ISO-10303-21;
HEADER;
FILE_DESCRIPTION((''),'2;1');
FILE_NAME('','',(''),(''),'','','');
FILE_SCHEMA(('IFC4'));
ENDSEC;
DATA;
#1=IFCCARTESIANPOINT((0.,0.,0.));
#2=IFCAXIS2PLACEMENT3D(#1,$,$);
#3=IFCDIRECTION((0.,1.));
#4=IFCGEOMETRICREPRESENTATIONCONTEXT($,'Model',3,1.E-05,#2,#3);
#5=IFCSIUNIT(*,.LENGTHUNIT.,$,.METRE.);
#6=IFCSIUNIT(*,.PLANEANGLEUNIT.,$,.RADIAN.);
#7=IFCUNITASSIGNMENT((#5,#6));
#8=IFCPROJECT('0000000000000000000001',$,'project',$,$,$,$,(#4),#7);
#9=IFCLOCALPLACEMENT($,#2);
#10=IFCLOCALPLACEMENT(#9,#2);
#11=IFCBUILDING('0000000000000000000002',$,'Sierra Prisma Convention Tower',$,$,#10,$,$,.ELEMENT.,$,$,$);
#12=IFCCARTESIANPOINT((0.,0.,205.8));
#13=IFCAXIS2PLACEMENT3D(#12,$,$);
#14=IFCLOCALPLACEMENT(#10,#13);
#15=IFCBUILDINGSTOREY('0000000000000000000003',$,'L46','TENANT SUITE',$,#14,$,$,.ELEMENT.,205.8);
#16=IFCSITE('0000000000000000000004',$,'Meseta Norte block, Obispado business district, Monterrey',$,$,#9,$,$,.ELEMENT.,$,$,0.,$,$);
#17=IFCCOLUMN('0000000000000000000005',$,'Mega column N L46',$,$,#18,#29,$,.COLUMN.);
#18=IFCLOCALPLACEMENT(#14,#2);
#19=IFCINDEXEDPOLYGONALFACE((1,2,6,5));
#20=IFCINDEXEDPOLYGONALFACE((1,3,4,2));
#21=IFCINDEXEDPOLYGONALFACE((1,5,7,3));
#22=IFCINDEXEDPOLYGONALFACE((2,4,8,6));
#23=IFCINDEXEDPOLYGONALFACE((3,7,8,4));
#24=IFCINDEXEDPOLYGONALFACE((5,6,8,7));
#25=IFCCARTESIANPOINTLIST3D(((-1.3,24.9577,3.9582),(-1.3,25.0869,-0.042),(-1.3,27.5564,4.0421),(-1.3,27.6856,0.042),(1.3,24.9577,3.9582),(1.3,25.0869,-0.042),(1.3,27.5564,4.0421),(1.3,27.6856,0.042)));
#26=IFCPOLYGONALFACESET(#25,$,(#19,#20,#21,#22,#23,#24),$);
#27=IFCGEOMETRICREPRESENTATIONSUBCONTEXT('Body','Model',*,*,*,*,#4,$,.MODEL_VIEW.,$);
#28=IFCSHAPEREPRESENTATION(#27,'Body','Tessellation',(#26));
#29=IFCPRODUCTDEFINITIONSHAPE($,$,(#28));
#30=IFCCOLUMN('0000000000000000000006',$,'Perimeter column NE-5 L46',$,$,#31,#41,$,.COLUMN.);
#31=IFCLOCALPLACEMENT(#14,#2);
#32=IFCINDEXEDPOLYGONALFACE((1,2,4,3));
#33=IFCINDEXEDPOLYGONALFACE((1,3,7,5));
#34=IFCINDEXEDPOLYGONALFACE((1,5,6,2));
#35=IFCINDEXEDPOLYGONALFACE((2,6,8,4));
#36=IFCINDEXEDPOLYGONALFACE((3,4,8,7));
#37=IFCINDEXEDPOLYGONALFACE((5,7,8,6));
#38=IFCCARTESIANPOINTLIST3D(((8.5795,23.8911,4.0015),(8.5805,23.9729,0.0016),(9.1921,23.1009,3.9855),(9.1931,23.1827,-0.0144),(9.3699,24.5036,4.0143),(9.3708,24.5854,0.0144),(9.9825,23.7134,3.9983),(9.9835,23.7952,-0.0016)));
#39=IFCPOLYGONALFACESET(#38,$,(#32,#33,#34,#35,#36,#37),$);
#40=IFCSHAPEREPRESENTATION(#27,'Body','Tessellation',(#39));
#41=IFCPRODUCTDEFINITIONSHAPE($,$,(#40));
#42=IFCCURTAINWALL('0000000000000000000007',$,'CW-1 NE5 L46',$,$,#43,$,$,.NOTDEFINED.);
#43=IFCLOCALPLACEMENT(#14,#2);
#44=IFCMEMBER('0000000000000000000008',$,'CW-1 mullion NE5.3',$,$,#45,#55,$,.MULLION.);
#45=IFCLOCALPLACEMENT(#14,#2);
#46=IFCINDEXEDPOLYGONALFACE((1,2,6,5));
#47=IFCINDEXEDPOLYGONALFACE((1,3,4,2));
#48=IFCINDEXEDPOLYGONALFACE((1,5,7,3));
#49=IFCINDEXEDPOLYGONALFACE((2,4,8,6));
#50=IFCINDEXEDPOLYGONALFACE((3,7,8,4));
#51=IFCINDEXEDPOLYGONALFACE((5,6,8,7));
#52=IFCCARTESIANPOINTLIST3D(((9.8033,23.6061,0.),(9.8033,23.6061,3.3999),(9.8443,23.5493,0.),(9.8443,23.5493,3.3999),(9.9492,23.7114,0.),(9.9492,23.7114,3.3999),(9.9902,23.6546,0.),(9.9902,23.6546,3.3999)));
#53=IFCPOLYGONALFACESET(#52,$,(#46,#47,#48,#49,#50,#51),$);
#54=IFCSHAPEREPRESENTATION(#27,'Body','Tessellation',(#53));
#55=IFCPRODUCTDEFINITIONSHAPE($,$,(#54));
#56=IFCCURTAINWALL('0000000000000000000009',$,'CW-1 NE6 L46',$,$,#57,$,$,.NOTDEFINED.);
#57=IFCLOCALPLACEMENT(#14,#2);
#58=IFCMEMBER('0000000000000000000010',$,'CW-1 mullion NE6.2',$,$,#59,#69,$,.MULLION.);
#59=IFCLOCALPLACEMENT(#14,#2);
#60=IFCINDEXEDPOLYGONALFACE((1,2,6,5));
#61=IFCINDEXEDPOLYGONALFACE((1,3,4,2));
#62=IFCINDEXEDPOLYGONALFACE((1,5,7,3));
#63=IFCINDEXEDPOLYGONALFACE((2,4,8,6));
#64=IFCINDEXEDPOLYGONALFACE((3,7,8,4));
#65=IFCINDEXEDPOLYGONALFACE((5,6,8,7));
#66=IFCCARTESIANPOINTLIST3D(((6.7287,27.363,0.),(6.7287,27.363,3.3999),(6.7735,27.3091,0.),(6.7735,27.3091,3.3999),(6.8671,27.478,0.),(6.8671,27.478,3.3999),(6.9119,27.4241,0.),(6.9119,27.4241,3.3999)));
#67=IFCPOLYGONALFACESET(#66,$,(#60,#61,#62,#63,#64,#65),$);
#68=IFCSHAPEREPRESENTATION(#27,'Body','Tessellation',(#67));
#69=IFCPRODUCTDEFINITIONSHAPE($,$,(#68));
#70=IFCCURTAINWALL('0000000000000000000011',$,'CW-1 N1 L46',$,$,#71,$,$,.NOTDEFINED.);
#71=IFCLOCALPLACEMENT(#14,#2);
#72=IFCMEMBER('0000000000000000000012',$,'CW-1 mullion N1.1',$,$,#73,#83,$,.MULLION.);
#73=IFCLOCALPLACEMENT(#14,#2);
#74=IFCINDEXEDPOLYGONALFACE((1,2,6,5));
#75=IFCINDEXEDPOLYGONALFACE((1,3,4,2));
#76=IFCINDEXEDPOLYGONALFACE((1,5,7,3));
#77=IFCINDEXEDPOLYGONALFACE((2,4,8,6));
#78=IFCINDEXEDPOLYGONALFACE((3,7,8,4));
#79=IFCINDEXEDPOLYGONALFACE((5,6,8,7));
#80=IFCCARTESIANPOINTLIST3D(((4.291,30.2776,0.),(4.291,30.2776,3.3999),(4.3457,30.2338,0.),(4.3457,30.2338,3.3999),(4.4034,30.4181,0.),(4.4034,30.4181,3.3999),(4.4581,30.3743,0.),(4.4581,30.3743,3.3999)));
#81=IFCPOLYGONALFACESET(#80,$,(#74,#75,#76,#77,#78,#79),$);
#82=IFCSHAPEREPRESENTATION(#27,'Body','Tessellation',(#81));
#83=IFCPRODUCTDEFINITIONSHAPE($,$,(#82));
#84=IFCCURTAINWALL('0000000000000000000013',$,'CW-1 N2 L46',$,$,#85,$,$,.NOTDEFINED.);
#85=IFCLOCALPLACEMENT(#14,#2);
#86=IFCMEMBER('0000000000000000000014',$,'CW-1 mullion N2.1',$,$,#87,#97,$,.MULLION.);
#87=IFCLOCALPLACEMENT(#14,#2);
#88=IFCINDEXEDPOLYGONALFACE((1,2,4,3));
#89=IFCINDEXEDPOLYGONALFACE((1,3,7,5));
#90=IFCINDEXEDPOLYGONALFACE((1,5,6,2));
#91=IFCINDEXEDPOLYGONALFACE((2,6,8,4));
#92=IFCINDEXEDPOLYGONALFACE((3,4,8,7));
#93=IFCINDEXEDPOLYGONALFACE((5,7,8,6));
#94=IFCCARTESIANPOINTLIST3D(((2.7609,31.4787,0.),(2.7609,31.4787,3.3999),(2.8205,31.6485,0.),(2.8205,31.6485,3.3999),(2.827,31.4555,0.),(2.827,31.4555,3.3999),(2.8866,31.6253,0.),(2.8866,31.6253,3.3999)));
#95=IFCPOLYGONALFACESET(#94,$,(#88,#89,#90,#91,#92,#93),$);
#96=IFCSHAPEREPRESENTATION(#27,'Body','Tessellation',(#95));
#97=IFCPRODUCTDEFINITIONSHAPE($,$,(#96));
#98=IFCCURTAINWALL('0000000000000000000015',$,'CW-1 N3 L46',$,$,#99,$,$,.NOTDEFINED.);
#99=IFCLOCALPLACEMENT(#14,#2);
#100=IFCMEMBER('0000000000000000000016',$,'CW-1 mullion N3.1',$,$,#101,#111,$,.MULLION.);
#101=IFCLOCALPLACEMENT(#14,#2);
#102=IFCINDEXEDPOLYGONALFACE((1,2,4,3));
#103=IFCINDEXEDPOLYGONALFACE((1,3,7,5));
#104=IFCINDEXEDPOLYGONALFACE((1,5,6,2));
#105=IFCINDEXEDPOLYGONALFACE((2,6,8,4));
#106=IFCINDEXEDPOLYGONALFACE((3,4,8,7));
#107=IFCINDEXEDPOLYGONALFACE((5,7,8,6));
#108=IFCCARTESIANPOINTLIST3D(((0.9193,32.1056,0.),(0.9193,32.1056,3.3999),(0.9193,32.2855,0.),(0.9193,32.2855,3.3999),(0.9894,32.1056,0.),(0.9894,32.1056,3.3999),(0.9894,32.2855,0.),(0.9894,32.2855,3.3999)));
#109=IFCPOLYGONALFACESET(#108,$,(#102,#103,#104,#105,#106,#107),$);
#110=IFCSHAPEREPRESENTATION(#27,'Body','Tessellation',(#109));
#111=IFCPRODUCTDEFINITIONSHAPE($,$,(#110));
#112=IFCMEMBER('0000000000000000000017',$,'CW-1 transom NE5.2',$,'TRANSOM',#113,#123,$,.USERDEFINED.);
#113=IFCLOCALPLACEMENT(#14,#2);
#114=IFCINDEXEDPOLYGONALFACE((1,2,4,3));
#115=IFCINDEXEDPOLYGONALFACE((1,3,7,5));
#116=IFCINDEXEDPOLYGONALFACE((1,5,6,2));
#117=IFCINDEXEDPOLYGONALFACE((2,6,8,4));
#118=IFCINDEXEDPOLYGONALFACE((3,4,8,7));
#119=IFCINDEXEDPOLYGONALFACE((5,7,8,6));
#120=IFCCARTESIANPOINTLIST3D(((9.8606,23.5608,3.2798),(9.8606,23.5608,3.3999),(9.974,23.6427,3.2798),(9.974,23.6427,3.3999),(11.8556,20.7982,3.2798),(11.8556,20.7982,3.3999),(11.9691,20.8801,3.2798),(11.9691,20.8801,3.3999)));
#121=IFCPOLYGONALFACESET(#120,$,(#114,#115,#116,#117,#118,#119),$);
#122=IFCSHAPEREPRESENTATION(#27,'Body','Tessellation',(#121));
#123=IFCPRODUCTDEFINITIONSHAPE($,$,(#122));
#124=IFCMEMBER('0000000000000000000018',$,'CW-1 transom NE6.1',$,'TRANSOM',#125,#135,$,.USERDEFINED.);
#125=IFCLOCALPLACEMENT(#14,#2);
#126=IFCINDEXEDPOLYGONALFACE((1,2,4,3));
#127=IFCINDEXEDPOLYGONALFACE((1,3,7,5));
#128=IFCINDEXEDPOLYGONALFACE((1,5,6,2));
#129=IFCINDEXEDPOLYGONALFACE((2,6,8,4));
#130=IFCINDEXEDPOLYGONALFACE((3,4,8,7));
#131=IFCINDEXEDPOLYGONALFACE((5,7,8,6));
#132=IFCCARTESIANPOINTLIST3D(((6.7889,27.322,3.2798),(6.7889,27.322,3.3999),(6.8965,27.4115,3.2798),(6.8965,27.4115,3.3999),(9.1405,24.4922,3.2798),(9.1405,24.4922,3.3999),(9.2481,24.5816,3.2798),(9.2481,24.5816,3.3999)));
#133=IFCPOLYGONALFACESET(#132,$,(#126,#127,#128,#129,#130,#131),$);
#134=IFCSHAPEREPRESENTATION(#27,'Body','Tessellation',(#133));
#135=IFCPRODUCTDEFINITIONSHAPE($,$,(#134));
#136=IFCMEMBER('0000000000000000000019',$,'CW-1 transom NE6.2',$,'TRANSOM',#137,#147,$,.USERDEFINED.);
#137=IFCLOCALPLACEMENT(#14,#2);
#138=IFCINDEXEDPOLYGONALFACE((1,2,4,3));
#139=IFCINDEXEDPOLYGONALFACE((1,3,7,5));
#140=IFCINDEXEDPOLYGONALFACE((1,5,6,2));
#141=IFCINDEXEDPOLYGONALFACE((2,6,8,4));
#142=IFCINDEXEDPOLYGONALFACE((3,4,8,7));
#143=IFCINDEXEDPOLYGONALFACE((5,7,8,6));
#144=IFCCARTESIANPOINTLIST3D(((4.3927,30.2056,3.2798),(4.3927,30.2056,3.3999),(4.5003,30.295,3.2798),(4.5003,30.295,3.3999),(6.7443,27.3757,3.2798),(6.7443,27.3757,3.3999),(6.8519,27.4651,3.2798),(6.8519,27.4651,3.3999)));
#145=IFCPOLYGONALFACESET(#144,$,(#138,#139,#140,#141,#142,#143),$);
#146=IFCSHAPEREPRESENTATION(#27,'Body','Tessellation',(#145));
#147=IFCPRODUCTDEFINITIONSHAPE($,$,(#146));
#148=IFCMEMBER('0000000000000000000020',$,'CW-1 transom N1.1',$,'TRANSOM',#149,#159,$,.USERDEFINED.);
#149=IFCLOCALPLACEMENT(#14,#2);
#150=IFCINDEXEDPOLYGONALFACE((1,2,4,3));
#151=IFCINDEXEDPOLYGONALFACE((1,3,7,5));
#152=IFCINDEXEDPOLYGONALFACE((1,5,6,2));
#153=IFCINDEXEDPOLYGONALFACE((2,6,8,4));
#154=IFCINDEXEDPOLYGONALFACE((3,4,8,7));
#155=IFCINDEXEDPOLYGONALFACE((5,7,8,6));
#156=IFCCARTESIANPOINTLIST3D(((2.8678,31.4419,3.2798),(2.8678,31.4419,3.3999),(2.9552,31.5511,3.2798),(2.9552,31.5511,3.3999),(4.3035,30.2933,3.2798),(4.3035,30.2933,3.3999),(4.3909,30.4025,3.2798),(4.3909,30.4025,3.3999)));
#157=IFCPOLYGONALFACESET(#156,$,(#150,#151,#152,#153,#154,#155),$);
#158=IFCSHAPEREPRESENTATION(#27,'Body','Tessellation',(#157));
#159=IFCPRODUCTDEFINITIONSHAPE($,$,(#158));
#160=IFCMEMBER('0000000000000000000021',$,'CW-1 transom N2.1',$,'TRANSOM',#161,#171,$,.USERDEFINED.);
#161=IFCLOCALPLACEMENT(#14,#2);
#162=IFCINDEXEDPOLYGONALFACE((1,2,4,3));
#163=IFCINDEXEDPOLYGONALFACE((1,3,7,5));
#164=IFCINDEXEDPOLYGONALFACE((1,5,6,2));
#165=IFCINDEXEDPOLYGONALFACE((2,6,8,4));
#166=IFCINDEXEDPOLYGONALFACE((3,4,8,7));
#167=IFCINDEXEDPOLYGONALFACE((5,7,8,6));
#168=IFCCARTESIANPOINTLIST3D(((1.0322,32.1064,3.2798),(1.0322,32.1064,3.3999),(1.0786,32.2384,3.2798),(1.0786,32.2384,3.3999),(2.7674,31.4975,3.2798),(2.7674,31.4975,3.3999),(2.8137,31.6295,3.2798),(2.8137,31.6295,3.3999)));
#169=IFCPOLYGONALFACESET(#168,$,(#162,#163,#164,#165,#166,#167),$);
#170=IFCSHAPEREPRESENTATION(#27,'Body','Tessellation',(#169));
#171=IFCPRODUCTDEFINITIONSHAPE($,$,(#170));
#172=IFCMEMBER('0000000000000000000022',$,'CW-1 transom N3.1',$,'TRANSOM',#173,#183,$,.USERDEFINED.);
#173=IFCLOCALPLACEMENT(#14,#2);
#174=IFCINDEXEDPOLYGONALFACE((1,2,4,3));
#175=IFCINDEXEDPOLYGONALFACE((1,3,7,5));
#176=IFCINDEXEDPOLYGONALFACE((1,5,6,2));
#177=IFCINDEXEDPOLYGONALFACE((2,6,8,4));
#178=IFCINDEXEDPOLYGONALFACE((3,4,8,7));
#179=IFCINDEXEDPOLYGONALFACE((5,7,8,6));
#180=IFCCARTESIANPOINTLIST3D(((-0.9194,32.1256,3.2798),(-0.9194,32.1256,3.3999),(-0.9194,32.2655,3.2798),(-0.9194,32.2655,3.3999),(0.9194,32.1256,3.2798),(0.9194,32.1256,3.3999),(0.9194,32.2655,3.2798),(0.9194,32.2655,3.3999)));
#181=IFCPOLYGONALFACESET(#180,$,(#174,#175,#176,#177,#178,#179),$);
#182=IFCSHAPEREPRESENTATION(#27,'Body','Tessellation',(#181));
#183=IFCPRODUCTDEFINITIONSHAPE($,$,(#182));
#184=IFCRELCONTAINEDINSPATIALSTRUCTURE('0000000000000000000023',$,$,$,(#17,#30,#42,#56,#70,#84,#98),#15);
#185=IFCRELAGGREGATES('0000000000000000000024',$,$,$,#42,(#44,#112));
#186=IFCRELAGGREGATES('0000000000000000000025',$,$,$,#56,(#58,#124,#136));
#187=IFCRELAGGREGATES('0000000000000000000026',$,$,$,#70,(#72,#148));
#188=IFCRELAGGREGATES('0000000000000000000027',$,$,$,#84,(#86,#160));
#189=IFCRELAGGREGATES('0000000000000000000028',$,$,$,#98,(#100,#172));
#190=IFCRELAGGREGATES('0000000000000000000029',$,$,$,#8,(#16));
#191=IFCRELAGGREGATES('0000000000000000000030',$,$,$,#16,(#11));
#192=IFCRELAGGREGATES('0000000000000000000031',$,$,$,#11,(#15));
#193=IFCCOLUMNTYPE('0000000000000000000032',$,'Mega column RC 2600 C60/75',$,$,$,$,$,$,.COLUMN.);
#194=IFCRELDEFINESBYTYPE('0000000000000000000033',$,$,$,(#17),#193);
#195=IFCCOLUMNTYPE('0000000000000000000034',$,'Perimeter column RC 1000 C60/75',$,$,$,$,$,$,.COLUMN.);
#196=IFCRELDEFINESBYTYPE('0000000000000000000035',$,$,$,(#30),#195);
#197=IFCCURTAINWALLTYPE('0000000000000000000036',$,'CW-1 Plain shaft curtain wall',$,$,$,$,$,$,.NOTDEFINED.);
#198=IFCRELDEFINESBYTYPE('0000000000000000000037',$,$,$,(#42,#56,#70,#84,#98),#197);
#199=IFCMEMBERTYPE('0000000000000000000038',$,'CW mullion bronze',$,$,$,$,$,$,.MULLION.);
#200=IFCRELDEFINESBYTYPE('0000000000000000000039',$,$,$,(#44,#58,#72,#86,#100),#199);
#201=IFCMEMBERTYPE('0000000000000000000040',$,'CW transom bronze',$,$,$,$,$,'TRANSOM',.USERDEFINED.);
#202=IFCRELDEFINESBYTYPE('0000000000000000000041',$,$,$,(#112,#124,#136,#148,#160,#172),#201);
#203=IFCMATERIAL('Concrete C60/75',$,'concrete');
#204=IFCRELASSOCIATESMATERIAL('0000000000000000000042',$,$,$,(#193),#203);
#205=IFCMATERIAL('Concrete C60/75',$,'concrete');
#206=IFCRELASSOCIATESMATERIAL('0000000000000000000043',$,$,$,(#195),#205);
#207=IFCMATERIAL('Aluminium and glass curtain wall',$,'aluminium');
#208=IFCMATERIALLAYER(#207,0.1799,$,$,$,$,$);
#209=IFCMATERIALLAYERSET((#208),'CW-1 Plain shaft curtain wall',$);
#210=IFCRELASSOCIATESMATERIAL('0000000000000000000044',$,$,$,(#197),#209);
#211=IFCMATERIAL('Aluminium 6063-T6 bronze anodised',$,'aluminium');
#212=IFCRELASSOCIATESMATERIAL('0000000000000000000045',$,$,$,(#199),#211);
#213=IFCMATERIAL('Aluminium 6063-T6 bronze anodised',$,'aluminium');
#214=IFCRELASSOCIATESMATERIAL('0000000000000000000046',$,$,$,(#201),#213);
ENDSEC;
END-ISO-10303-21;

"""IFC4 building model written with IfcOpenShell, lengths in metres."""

from ifc_helpers import new_model, si_unit, direction, frame, origin, origin_2d, place, context, subcontext, project, spatial, rectangle, extrude, material, layer, layer_set, material_profile, profile_set, type_object, element, aggregate, save


model = new_model("IFC4")

# Units and contexts
model_context = context("Model", 3, precision=1e-05, world=origin(), true_north=direction((0.0, 1.0)))
body_context = subcontext(model_context, "Body", "Model", "MODEL_VIEW")
ifc_project = project(units=[si_unit("LENGTHUNIT", "METRE"), si_unit("PLANEANGLEUNIT", "RADIAN")], contexts=[model_context])

# Site, building, storey
site_placement = place(None, origin())
site = spatial("IfcSite", under=ifc_project, at=site_placement, Name="Meseta Norte block, Obispado business district, Monterrey", CompositionType="ELEMENT", RefElevation=0.0)
building_placement = place(site_placement, origin())
building = spatial("IfcBuilding", under=site, at=building_placement, Name="Sierra Prisma Convention Tower", CompositionType="ELEMENT")
storey_placement = place(building_placement, frame((0.0, 0.0, 205.8)))
storey = spatial("IfcBuildingStorey", under=building, at=storey_placement, Name="L46", Description="TENANT SUITE", CompositionType="ELEMENT", Elevation=205.8)

# Columns
ifc_material_1 = material(Name="Concrete C60/75", Category="concrete")
ifc_material_profile_1 = material_profile(ifc_material_1, rectangle(XDim=2.6001, YDim=2.6001, at=origin_2d()), Name="Mega column RC 2600 C60/75")
ifc_profile_set_1 = profile_set([ifc_material_profile_1], Name="Concrete C60/75")
column_type_1 = type_object("IfcColumnType", Name="Mega column RC 2600 C60/75", PredefinedType="COLUMN", material=ifc_profile_set_1)
column_1_placement = place(storey_placement, frame((0.0, 26.3862, 0.0), z_axis=(0.0, -0.032271, 0.999479), x_axis=(1.0, 0.0, 0.0)))
element("IfcColumn", 1, at=column_1_placement, inside=storey, type_object=column_type_1, Name="Mega column N L46", PredefinedType="COLUMN", context=body_context, shape_type="SweptSolid", body=[
    extrude(rectangle(XDim=2.6001, YDim=2.6001, at=origin_2d()), origin(), (0.0, 0.0, 1.0), 4.0022),
])
ifc_material_2 = material(Name="Concrete C60/75", Category="concrete")
ifc_material_profile_2 = material_profile(ifc_material_2, rectangle(XDim=1.0, YDim=1.0, at=origin_2d()), Name="Perimeter column RC 1000 C60/75")
ifc_profile_set_2 = profile_set([ifc_material_profile_2], Name="Concrete C60/75")
column_type_2 = type_object("IfcColumnType", Name="Perimeter column RC 1000 C60/75", PredefinedType="COLUMN", material=ifc_profile_set_2)
column_2_placement = place(storey_placement, frame((9.282, 23.884, 0.0), z_axis=(-0.000244, -0.020443, 0.999791), x_axis=(-0.612639, 0.7902, 0.016007)))
element("IfcColumn", 2, at=column_2_placement, inside=storey, type_object=column_type_2, Name="Perimeter column NE-5 L46", PredefinedType="COLUMN", context=body_context, shape_type="SweptSolid", body=[
    extrude(rectangle(XDim=1.0, YDim=1.0, at=origin_2d()), origin(), (0.0, 0.0, 1.0), 4.0007),
])

# Curtain walls, members
ifc_material_3 = material(Name="Aluminium and glass curtain wall", Category="aluminium")
ifc_layer_1 = layer(ifc_material_3, 0.1799)
ifc_layer_set_1 = layer_set([ifc_layer_1], Name="CW-1 Plain shaft curtain wall")
curtain_wall_type = type_object("IfcCurtainWallType", Name="CW-1 Plain shaft curtain wall", PredefinedType="NOTDEFINED", material=ifc_layer_set_1)
curtain_wall_1_placement = place(storey_placement, origin())
curtain_wall_1 = element("IfcCurtainWall", 3, at=curtain_wall_1_placement, inside=storey, type_object=curtain_wall_type, Name="CW-1 NE5 L46", PredefinedType="NOTDEFINED")
ifc_material_4 = material(Name="Aluminium 6063-T6 bronze anodised", Category="aluminium")
ifc_material_profile_3 = material_profile(ifc_material_4, rectangle(XDim=0.1799, YDim=0.0701, at=origin_2d()), Name="ALU MULLION 70x180")
ifc_profile_set_3 = profile_set([ifc_material_profile_3], Name="Aluminium 6063-T6 bronze anodised")
member_type_1 = type_object("IfcMemberType", Name="CW mullion bronze", PredefinedType="MULLION", material=ifc_profile_set_3)
member_1_placement = place(storey_placement, frame((9.8967, 23.6304, 0.0), z_axis=(0.0, 0.0, 1.0), x_axis=(-0.810701, -0.58546, 0.0)))
member_1 = element("IfcMember", 4, at=member_1_placement, type_object=member_type_1, Name="CW-1 mullion NE5.3", PredefinedType="MULLION", context=body_context, shape_type="SweptSolid", body=[
    extrude(rectangle(XDim=0.1799, YDim=0.0701, at=origin_2d()), origin(), (0.0, 0.0, 1.0), 3.3999),
])
curtain_wall_2_placement = place(storey_placement, origin())
curtain_wall_2 = element("IfcCurtainWall", 5, at=curtain_wall_2_placement, inside=storey, type_object=curtain_wall_type, Name="CW-1 NE6 L46", PredefinedType="NOTDEFINED")
member_2_placement = place(storey_placement, frame((6.8203, 27.3936, 0.0), z_axis=(0.0, 0.0, 1.0), x_axis=(-0.769112, -0.639114, 0.0)))
member_2 = element("IfcMember", 6, at=member_2_placement, type_object=member_type_1, Name="CW-1 mullion NE6.2", PredefinedType="MULLION", context=body_context, shape_type="SweptSolid", body=[
    extrude(rectangle(XDim=0.1799, YDim=0.0701, at=origin_2d()), origin(), (0.0, 0.0, 1.0), 3.3999),
])
curtain_wall_3_placement = place(storey_placement, origin())
curtain_wall_3 = element("IfcCurtainWall", 7, at=curtain_wall_3_placement, inside=storey, type_object=curtain_wall_type, Name="CW-1 N1 L46", PredefinedType="NOTDEFINED")
member_3_placement = place(storey_placement, frame((4.3745, 30.3259, 0.0), z_axis=(0.0, 0.0, 1.0), x_axis=(-0.624742, -0.780832, 0.0)))
member_3 = element("IfcMember", 8, at=member_3_placement, type_object=member_type_1, Name="CW-1 mullion N1.1", PredefinedType="MULLION", context=body_context, shape_type="SweptSolid", body=[
    extrude(rectangle(XDim=0.1799, YDim=0.0701, at=origin_2d()), origin(), (0.0, 0.0, 1.0), 3.3999),
])
curtain_wall_4_placement = place(storey_placement, origin())
curtain_wall_4 = element("IfcCurtainWall", 9, at=curtain_wall_4_placement, inside=storey, type_object=curtain_wall_type, Name="CW-1 N2 L46", PredefinedType="NOTDEFINED")
member_4_placement = place(storey_placement, frame((2.8237, 31.552, 0.0), z_axis=(0.0, 0.0, 1.0), x_axis=(-0.331035, -0.943618, 0.0)))
member_4 = element("IfcMember", 10, at=member_4_placement, type_object=member_type_1, Name="CW-1 mullion N2.1", PredefinedType="MULLION", context=body_context, shape_type="SweptSolid", body=[
    extrude(rectangle(XDim=0.1799, YDim=0.0701, at=origin_2d()), origin(), (0.0, 0.0, 1.0), 3.3999),
])
curtain_wall_5_placement = place(storey_placement, origin())
curtain_wall_5 = element("IfcCurtainWall", 11, at=curtain_wall_5_placement, inside=storey, type_object=curtain_wall_type, Name="CW-1 N3 L46", PredefinedType="NOTDEFINED")
member_5_placement = place(storey_placement, frame((0.9543, 32.1956, 0.0), z_axis=(0.0, 0.0, 1.0), x_axis=(0.0, -1.0, 0.0)))
member_5 = element("IfcMember", 12, at=member_5_placement, type_object=member_type_1, Name="CW-1 mullion N3.1", PredefinedType="MULLION", context=body_context, shape_type="SweptSolid", body=[
    extrude(rectangle(XDim=0.1799, YDim=0.0701, at=origin_2d()), origin(), (0.0, 0.0, 1.0), 3.3999),
])

# Members
ifc_material_5 = material(Name="Aluminium 6063-T6 bronze anodised", Category="aluminium")
ifc_material_profile_4 = material_profile(ifc_material_5, rectangle(XDim=0.1399, YDim=0.1201, at=origin_2d()), Name="ALU TRANSOM 120x140")
ifc_profile_set_4 = profile_set([ifc_material_profile_4], Name="Aluminium 6063-T6 bronze anodised")
member_type_2 = type_object("IfcMemberType", Name="CW transom bronze", ElementType="TRANSOM", PredefinedType="USERDEFINED", material=ifc_profile_set_4)
member_6_placement = place(storey_placement, frame((11.9124, 20.8391, 3.3398), z_axis=(-0.585459, 0.810702, 0.0), x_axis=(-0.810702, -0.585459, 0.0)))
member_6 = element("IfcMember", 13, at=member_6_placement, type_object=member_type_2, Name="CW-1 transom NE5.2", ObjectType="TRANSOM", PredefinedType="USERDEFINED", context=body_context, shape_type="SweptSolid", body=[
    extrude(rectangle(XDim=0.1399, YDim=0.1201, at=origin_2d()), origin(), (0.0, 0.0, 1.0), 3.4077),
])
member_7_placement = place(storey_placement, frame((9.1943, 24.5369, 3.3398), z_axis=(-0.63912, 0.769107, 0.0), x_axis=(-0.769107, -0.63912, 0.0)))
member_7 = element("IfcMember", 14, at=member_7_placement, type_object=member_type_2, Name="CW-1 transom NE6.1", ObjectType="TRANSOM", PredefinedType="USERDEFINED", context=body_context, shape_type="SweptSolid", body=[
    extrude(rectangle(XDim=0.1399, YDim=0.1201, at=origin_2d()), origin(), (0.0, 0.0, 1.0), 3.6794),
])
member_8_placement = place(storey_placement, frame((6.7981, 27.4204, 3.3398), z_axis=(-0.63912, 0.769107, 0.0), x_axis=(-0.769107, -0.63912, 0.0)))
member_8 = element("IfcMember", 15, at=member_8_placement, type_object=member_type_2, Name="CW-1 transom NE6.2", ObjectType="TRANSOM", PredefinedType="USERDEFINED", context=body_context, shape_type="SweptSolid", body=[
    extrude(rectangle(XDim=0.1399, YDim=0.1201, at=origin_2d()), origin(), (0.0, 0.0, 1.0), 3.6794),
])
member_9_placement = place(storey_placement, frame((4.3472, 30.3479, 3.3398), z_axis=(-0.780856, 0.624711, 0.0), x_axis=(-0.624711, -0.780856, 0.0)))
member_9 = element("IfcMember", 16, at=member_9_placement, type_object=member_type_2, Name="CW-1 transom N1.1", ObjectType="TRANSOM", PredefinedType="USERDEFINED", context=body_context, shape_type="SweptSolid", body=[
    extrude(rectangle(XDim=0.1399, YDim=0.1201, at=origin_2d()), origin(), (0.0, 0.0, 1.0), 1.8386),
])
member_10_placement = place(storey_placement, frame((2.7905, 31.5635, 3.3398), z_axis=(-0.943587, 0.331125, 0.0), x_axis=(-0.331125, -0.943587, 0.0)))
member_10 = element("IfcMember", 17, at=member_10_placement, type_object=member_type_2, Name="CW-1 transom N2.1", ObjectType="TRANSOM", PredefinedType="USERDEFINED", context=body_context, shape_type="SweptSolid", body=[
    extrude(rectangle(XDim=0.1399, YDim=0.1201, at=origin_2d()), origin(), (0.0, 0.0, 1.0), 1.8389),
])
member_11_placement = place(storey_placement, frame((0.9194, 32.1956, 3.3398), z_axis=(-1.0, 0.0, 0.0), x_axis=(0.0, -1.0, 0.0)))
member_11 = element("IfcMember", 18, at=member_11_placement, type_object=member_type_2, Name="CW-1 transom N3.1", ObjectType="TRANSOM", PredefinedType="USERDEFINED", context=body_context, shape_type="SweptSolid", body=[
    extrude(rectangle(XDim=0.1399, YDim=0.1201, at=origin_2d()), origin(), (0.0, 0.0, 1.0), 1.8389),
])

aggregate(curtain_wall_1, [member_1, member_6])
aggregate(curtain_wall_2, [member_2, member_7, member_8])
aggregate(curtain_wall_3, [member_3, member_9])
aggregate(curtain_wall_4, [member_4, member_10])
aggregate(curtain_wall_5, [member_5, member_11])

save(model, "model.ifc")
